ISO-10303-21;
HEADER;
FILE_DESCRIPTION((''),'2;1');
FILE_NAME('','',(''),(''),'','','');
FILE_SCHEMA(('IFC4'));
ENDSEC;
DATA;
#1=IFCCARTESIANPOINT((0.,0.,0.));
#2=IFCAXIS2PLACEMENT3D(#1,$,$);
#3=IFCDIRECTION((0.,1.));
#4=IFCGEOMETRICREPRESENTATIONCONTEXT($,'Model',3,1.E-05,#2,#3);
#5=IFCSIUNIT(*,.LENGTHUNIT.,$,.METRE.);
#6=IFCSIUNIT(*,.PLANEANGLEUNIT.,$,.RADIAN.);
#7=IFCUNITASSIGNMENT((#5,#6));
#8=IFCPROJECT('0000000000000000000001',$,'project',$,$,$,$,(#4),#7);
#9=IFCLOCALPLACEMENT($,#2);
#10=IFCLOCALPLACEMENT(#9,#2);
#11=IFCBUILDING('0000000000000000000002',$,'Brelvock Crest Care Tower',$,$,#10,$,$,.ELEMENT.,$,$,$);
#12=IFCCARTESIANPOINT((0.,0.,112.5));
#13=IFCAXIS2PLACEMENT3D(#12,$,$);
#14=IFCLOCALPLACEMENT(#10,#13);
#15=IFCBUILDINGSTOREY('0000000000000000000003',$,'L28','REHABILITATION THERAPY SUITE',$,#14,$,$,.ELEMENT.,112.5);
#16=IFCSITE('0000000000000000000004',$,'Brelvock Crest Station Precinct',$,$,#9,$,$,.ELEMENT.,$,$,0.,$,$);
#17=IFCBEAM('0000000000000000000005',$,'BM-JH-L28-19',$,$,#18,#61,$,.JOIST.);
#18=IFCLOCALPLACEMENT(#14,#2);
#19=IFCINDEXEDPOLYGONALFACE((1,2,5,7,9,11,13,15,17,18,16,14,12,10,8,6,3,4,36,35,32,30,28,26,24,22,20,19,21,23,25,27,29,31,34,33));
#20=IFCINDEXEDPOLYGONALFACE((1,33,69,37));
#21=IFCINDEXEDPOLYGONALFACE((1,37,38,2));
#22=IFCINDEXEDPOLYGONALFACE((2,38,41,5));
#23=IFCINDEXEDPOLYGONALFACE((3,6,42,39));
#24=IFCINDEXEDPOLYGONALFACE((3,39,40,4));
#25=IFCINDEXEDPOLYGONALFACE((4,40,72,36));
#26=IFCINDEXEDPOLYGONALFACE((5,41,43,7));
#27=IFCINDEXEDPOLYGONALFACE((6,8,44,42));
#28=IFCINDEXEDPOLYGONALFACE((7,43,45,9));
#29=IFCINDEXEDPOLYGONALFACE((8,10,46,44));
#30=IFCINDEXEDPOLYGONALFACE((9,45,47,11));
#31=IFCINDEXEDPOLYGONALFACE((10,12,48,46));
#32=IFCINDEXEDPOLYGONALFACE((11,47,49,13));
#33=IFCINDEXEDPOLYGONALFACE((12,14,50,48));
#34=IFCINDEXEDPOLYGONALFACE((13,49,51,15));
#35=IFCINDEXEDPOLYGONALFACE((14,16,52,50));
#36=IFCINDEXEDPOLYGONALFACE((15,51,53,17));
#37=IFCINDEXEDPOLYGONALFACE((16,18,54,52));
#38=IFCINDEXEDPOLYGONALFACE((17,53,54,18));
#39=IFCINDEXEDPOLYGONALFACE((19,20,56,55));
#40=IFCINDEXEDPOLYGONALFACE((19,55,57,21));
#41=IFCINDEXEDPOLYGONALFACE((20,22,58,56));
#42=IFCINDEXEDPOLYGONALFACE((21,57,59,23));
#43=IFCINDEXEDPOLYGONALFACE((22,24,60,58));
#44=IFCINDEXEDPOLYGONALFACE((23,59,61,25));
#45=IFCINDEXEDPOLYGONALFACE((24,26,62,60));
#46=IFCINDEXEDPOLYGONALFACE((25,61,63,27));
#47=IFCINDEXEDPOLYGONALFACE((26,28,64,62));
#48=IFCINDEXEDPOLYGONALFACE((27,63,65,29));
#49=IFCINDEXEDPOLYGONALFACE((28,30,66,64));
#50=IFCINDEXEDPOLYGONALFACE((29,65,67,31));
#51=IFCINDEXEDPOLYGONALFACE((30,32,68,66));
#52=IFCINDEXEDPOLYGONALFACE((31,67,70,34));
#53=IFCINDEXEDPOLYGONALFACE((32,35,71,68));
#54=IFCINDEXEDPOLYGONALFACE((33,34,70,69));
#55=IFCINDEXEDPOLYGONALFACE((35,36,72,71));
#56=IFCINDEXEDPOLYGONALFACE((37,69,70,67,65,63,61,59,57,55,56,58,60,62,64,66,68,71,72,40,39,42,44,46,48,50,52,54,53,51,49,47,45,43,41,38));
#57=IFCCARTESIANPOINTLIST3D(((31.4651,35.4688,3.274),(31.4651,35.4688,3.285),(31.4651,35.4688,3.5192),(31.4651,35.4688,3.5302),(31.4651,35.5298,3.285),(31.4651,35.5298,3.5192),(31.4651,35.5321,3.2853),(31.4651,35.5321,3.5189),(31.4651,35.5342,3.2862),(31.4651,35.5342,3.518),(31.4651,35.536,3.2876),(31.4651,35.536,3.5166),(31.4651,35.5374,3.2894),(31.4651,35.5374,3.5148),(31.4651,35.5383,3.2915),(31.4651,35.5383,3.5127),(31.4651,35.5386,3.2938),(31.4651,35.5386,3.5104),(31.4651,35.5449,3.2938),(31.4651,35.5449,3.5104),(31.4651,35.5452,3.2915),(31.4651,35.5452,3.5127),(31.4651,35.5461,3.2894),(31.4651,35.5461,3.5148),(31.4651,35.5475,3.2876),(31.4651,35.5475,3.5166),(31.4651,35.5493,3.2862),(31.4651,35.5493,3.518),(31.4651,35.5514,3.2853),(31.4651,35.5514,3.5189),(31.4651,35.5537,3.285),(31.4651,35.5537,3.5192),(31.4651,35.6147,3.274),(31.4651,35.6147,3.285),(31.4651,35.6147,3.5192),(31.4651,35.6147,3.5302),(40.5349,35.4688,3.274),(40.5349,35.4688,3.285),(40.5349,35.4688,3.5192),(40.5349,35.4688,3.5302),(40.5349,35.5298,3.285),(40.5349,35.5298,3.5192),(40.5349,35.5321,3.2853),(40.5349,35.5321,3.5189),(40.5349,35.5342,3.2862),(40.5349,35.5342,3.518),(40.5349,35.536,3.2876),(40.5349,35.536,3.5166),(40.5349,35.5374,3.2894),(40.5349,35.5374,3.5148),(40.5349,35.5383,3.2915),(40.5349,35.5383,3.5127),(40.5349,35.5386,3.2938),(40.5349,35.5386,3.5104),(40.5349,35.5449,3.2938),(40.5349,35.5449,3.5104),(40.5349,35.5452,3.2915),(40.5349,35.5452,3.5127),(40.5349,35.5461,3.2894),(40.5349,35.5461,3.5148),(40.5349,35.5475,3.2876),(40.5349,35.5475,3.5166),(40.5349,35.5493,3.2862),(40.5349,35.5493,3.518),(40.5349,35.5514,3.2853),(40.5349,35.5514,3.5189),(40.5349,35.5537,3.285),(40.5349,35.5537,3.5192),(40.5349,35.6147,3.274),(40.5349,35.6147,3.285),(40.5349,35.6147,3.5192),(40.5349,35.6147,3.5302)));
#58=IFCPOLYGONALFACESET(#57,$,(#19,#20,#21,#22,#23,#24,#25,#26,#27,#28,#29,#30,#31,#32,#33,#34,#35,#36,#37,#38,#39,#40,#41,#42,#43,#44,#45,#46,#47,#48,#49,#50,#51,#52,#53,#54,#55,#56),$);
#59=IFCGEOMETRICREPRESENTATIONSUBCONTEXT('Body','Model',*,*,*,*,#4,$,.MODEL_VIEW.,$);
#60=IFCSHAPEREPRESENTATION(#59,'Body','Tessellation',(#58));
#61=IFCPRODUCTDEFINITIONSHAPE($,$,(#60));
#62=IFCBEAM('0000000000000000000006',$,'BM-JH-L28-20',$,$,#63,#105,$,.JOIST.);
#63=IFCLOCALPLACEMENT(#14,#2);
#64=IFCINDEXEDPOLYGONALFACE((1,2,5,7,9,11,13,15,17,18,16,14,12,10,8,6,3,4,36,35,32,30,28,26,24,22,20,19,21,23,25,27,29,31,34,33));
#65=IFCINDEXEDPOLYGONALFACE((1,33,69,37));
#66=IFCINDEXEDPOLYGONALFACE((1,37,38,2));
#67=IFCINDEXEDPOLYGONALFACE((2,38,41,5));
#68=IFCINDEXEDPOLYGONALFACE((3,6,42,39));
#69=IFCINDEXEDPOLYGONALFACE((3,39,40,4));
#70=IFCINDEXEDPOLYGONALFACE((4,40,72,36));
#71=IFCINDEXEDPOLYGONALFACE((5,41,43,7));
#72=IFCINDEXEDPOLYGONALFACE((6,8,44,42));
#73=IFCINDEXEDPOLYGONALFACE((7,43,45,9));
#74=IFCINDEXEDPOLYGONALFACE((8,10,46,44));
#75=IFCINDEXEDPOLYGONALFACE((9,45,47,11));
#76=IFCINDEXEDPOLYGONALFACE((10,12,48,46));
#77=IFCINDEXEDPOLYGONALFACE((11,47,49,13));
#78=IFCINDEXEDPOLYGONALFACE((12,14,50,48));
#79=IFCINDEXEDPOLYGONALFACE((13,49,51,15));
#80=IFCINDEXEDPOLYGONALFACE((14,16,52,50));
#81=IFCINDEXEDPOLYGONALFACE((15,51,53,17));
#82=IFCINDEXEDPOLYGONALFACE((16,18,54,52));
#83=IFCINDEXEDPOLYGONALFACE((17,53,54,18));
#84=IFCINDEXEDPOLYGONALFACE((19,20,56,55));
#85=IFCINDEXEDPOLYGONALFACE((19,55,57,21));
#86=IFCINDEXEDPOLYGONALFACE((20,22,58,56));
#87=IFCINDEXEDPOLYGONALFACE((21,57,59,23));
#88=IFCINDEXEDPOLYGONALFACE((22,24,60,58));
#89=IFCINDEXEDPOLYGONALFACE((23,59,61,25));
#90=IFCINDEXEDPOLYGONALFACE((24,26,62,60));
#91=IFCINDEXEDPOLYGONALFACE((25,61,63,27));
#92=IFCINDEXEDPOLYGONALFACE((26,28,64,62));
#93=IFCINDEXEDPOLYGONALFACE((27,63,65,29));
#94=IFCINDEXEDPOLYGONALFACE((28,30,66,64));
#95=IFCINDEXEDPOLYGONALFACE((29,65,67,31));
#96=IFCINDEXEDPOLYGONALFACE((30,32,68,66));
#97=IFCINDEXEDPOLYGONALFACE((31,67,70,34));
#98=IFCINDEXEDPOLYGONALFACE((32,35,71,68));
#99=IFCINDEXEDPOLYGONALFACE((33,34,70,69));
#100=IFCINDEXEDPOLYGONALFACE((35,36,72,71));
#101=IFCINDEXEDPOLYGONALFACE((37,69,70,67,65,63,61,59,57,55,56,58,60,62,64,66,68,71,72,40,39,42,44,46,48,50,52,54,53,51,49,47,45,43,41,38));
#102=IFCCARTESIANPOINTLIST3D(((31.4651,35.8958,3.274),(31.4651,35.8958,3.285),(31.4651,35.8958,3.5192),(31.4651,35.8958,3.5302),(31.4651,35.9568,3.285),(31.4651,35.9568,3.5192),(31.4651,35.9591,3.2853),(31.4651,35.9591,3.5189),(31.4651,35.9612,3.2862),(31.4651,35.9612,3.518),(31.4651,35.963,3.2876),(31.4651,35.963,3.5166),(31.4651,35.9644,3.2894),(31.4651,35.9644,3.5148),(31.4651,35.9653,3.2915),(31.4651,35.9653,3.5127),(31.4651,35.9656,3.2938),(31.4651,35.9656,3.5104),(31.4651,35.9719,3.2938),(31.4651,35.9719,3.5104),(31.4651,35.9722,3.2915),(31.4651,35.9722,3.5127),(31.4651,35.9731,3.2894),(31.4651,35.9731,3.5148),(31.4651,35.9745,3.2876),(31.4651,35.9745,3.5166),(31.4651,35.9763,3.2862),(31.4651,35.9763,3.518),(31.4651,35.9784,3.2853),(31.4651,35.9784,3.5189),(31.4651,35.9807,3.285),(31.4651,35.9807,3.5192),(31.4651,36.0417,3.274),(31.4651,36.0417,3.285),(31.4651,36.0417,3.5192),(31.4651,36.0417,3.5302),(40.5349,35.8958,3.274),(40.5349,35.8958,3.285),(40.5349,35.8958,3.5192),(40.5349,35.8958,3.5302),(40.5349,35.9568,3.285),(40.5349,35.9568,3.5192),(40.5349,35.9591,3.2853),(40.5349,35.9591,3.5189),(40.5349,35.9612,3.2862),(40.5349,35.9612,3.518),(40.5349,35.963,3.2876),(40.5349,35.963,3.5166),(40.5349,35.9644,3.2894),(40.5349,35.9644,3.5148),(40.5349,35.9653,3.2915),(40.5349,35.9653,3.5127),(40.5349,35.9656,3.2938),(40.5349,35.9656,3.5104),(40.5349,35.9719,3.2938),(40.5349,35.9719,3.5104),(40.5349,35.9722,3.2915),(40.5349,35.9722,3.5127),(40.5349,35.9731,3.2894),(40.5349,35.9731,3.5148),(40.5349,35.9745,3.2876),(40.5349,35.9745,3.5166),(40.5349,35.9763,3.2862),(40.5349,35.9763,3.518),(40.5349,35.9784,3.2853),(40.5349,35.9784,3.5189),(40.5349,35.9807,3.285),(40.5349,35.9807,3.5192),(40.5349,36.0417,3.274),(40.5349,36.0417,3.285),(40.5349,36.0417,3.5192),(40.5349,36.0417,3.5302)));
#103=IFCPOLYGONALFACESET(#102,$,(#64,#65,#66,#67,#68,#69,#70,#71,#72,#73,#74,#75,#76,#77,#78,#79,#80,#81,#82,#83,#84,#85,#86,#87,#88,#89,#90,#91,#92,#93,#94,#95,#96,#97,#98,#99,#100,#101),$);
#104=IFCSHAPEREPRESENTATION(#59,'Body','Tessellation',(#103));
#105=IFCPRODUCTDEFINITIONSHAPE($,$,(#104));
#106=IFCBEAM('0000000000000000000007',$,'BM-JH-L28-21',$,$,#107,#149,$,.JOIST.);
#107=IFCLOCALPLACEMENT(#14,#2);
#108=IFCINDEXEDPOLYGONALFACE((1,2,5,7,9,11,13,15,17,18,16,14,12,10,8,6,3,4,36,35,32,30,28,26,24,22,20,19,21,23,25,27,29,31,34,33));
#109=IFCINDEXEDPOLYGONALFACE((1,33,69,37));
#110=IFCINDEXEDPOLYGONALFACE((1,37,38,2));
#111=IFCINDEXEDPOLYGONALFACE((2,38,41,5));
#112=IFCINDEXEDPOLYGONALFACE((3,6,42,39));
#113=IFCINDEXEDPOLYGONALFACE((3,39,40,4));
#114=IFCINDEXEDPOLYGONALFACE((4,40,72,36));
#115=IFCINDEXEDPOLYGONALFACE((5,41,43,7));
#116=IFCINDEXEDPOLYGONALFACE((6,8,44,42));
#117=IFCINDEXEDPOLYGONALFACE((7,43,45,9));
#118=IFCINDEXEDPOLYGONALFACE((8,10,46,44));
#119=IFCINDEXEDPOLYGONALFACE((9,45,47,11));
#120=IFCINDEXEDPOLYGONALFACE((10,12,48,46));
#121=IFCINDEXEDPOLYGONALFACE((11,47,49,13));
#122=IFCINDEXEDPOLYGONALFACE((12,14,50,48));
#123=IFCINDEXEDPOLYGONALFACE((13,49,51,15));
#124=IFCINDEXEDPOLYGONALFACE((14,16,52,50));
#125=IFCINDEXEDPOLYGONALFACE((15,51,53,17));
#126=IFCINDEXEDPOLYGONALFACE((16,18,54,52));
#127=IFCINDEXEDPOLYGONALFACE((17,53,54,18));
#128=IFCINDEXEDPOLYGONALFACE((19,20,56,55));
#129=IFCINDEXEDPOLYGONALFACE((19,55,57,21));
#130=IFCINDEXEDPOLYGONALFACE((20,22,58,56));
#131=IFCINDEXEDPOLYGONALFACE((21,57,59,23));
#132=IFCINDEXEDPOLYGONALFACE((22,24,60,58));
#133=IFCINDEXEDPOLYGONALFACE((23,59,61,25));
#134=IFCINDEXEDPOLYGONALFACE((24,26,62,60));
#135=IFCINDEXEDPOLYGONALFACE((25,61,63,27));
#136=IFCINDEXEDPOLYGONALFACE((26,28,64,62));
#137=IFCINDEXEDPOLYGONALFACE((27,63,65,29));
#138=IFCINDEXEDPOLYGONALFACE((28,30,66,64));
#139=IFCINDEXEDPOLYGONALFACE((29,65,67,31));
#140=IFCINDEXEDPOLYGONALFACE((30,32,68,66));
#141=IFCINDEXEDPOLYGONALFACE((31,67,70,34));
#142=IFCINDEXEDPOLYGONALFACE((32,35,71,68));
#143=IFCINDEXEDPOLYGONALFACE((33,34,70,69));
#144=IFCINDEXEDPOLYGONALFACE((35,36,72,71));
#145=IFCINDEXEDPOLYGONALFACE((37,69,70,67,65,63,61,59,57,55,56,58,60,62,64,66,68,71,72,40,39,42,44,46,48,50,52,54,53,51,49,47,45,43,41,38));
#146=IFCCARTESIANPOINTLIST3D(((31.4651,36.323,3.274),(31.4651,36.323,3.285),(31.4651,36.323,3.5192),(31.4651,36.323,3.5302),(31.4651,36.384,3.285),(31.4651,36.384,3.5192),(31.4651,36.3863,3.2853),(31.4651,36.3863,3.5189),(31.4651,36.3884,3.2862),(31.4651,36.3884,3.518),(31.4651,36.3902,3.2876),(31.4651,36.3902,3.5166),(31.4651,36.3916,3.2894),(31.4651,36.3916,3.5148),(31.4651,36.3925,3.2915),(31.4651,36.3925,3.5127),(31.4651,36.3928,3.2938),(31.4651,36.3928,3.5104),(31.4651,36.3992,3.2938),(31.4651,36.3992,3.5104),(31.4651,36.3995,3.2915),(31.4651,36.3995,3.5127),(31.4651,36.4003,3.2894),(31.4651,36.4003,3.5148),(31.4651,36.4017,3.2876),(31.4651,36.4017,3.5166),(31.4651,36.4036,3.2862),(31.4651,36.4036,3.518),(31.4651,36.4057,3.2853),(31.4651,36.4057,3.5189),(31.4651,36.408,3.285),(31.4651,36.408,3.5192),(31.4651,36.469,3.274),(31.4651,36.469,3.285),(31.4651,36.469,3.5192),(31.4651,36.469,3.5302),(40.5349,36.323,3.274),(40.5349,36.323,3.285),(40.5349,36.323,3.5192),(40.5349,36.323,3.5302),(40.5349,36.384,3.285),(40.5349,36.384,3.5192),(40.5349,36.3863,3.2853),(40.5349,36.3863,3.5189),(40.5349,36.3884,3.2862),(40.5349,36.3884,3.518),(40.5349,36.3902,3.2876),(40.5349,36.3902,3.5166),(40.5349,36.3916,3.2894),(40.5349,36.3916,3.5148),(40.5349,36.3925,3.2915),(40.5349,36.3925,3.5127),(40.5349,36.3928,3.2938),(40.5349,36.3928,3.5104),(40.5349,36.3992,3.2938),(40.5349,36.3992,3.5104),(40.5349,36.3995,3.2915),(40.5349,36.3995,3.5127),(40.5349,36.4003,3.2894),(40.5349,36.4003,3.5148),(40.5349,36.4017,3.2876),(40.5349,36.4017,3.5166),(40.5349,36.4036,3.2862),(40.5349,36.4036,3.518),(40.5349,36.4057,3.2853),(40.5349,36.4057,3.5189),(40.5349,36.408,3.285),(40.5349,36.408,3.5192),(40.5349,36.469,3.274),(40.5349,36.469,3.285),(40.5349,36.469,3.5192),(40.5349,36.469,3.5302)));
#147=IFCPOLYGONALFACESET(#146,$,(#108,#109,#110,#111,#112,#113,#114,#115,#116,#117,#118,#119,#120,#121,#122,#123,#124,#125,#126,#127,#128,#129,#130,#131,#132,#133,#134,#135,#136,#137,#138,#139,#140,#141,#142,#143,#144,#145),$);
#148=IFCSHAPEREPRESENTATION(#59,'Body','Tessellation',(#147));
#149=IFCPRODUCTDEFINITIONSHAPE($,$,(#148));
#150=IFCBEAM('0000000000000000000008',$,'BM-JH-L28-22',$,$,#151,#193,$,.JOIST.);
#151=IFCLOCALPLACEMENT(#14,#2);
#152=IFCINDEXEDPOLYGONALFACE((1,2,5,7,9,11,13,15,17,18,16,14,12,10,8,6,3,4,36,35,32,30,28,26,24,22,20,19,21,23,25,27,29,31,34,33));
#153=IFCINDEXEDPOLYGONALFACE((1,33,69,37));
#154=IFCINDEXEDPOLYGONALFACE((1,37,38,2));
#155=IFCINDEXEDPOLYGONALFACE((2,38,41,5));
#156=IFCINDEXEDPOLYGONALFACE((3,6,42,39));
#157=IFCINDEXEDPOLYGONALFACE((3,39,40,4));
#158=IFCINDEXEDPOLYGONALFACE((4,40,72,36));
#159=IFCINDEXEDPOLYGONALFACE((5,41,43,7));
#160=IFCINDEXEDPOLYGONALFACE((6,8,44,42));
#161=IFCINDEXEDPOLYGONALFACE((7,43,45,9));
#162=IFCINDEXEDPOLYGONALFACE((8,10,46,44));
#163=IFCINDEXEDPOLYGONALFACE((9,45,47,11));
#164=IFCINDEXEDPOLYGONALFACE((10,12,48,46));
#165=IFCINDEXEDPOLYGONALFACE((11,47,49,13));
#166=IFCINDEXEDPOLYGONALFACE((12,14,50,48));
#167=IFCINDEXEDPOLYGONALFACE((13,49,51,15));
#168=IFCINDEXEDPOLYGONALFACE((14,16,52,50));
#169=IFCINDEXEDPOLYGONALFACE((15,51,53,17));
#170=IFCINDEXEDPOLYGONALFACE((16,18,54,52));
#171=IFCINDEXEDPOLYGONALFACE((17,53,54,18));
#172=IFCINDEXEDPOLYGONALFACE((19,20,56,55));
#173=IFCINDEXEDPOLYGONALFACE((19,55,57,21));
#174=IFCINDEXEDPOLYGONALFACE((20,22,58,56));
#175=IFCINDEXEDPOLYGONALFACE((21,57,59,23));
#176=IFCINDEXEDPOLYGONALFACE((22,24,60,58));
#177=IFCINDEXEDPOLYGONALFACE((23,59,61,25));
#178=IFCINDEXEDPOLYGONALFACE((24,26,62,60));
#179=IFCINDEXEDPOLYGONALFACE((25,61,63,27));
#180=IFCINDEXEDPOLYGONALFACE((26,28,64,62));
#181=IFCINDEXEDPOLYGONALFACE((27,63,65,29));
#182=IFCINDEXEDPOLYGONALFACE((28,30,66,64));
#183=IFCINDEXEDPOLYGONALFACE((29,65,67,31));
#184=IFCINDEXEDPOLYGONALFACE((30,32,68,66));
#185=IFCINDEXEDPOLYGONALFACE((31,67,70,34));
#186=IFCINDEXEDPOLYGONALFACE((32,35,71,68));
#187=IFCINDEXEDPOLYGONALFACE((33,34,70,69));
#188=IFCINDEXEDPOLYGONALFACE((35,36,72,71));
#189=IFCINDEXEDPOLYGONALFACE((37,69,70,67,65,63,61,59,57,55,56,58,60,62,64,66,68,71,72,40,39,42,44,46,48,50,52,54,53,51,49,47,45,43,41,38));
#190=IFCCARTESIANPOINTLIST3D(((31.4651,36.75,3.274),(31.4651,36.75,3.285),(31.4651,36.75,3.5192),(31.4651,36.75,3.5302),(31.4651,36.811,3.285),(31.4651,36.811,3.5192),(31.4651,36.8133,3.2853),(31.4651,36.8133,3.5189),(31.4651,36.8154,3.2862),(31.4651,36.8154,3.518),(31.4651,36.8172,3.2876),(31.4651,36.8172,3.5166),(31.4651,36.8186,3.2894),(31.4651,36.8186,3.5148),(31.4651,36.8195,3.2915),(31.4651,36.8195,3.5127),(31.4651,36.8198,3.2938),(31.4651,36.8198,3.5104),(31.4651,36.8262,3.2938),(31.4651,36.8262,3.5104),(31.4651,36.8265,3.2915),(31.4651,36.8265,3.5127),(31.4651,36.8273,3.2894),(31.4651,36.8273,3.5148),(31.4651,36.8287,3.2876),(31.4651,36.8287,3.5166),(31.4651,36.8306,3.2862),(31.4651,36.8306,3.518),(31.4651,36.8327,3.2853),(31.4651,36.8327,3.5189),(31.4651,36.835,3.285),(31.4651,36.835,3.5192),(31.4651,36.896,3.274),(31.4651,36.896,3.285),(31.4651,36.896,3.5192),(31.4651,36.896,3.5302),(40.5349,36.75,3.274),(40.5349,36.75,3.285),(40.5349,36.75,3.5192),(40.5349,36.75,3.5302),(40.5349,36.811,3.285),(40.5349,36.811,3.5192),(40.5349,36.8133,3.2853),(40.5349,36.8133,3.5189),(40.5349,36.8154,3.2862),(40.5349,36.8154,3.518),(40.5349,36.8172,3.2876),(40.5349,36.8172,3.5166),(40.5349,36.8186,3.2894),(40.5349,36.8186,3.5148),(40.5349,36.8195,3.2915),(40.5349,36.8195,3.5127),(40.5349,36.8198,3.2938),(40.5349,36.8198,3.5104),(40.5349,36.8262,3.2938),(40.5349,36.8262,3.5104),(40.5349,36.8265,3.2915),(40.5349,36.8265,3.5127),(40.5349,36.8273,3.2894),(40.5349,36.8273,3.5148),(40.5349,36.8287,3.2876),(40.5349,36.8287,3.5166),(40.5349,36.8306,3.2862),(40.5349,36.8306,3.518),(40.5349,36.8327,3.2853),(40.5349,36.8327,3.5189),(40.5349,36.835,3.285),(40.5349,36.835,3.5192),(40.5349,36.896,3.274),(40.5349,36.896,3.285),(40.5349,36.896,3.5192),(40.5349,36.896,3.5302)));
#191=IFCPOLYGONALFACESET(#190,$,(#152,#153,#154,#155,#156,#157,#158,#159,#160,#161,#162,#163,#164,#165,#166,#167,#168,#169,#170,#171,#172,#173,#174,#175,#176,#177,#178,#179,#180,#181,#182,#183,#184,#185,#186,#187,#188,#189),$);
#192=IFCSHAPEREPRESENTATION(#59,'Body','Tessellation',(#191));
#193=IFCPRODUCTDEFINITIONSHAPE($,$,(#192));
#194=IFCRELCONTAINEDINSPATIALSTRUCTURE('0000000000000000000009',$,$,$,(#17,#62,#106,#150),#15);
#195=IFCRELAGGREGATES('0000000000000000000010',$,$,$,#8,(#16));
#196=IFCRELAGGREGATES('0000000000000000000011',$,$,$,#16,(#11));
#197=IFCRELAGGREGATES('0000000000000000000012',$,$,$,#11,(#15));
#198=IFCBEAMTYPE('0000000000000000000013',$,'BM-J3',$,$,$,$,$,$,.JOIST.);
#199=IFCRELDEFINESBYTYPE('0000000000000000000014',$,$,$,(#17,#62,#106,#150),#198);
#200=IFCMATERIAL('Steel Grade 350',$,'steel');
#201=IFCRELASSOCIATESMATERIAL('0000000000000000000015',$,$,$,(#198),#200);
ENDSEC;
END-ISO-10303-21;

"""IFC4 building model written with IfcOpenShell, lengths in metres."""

from ifc_helpers import new_model, si_unit, direction, frame, origin, origin_2d, place, context, subcontext, project, spatial, i_section, extrude, source, transform, mapped, material, material_profile, profile_set, type_object, element, save


model = new_model("IFC4")

# Units and contexts
model_context = context("Model", 3, precision=1e-05, world=origin(), true_north=direction((0.0, 1.0)))
body_context = subcontext(model_context, "Body", "Model", "MODEL_VIEW")
ifc_project = project(units=[si_unit("LENGTHUNIT", "METRE"), si_unit("PLANEANGLEUNIT", "RADIAN")], contexts=[model_context])

# Site, building, storey
site_placement = place(None, origin())
site = spatial("IfcSite", under=ifc_project, at=site_placement, Name="Brelvock Crest Station Precinct", CompositionType="ELEMENT", RefElevation=0.0)
building_placement = place(site_placement, origin())
building = spatial("IfcBuilding", under=site, at=building_placement, Name="Brelvock Crest Care Tower", CompositionType="ELEMENT")
storey_placement = place(building_placement, frame((0.0, 0.0, 112.5)))
storey = spatial("IfcBuildingStorey", under=building, at=storey_placement, Name="L28", Description="REHABILITATION THERAPY SUITE", CompositionType="ELEMENT", Elevation=112.5)

# Beams
ifc_material_1 = material(Name="Steel Grade 350", Category="steel")
ifc_material_profile_1 = material_profile(ifc_material_1, i_section(OverallWidth=0.146, OverallDepth=0.2561, WebThickness=0.0063, FlangeThickness=0.011, FilletRadius=0.0088, at=origin_2d()), Name="250UB37.3")
ifc_profile_set_1 = profile_set([ifc_material_profile_1], Name="Steel Grade 350")
beam_type_1 = type_object("IfcBeamType", Name="BM-J3", PredefinedType="JOIST", material=ifc_profile_set_1)
shared_shape_1 = source(origin(), body_context, "Body", "SweptSolid", [
    extrude(i_section(OverallWidth=0.146, OverallDepth=0.2561, WebThickness=0.0063, FlangeThickness=0.011, FilletRadius=0.0088, at=origin_2d()), origin(), (0.0, 0.0, 1.0), 9.0698),
])
for number, where, z_axis, x_axis, name in (
    (1, (31.4651, 35.5417, 3.4021), (1.0, 0.0, 0.0), (0.0, 1.0, 0.0), "BM-JH-L28-19"),
    (2, (31.4651, 35.9688, 3.4021), (1.0, 0.0, 0.0), (0.0, 1.0, 0.0), "BM-JH-L28-20"),
    (3, (31.4651, 36.396, 3.4021), (1.0, 0.0, 0.0), (0.0, 1.0, 0.0), "BM-JH-L28-21"),
    (4, (31.4651, 36.823, 3.4021), (1.0, 0.0, 0.0), (0.0, 1.0, 0.0), "BM-JH-L28-22"),
):
    element("IfcBeam", number, at=place(storey_placement, frame(where, z_axis=z_axis, x_axis=x_axis)), inside=storey, type_object=beam_type_1, Name=name, PredefinedType="JOIST", context=body_context, shape_type="MappedRepresentation", body=[
        mapped(shared_shape_1, transform((0.0, 0.0, 0.0), x_axis=(1.0, 0.0, 0.0), y_axis=(0.0, 1.0, 0.0), z_axis=(0.0, 0.0, 1.0), scale=1.0)),
    ])

save(model, "model.ifc")
